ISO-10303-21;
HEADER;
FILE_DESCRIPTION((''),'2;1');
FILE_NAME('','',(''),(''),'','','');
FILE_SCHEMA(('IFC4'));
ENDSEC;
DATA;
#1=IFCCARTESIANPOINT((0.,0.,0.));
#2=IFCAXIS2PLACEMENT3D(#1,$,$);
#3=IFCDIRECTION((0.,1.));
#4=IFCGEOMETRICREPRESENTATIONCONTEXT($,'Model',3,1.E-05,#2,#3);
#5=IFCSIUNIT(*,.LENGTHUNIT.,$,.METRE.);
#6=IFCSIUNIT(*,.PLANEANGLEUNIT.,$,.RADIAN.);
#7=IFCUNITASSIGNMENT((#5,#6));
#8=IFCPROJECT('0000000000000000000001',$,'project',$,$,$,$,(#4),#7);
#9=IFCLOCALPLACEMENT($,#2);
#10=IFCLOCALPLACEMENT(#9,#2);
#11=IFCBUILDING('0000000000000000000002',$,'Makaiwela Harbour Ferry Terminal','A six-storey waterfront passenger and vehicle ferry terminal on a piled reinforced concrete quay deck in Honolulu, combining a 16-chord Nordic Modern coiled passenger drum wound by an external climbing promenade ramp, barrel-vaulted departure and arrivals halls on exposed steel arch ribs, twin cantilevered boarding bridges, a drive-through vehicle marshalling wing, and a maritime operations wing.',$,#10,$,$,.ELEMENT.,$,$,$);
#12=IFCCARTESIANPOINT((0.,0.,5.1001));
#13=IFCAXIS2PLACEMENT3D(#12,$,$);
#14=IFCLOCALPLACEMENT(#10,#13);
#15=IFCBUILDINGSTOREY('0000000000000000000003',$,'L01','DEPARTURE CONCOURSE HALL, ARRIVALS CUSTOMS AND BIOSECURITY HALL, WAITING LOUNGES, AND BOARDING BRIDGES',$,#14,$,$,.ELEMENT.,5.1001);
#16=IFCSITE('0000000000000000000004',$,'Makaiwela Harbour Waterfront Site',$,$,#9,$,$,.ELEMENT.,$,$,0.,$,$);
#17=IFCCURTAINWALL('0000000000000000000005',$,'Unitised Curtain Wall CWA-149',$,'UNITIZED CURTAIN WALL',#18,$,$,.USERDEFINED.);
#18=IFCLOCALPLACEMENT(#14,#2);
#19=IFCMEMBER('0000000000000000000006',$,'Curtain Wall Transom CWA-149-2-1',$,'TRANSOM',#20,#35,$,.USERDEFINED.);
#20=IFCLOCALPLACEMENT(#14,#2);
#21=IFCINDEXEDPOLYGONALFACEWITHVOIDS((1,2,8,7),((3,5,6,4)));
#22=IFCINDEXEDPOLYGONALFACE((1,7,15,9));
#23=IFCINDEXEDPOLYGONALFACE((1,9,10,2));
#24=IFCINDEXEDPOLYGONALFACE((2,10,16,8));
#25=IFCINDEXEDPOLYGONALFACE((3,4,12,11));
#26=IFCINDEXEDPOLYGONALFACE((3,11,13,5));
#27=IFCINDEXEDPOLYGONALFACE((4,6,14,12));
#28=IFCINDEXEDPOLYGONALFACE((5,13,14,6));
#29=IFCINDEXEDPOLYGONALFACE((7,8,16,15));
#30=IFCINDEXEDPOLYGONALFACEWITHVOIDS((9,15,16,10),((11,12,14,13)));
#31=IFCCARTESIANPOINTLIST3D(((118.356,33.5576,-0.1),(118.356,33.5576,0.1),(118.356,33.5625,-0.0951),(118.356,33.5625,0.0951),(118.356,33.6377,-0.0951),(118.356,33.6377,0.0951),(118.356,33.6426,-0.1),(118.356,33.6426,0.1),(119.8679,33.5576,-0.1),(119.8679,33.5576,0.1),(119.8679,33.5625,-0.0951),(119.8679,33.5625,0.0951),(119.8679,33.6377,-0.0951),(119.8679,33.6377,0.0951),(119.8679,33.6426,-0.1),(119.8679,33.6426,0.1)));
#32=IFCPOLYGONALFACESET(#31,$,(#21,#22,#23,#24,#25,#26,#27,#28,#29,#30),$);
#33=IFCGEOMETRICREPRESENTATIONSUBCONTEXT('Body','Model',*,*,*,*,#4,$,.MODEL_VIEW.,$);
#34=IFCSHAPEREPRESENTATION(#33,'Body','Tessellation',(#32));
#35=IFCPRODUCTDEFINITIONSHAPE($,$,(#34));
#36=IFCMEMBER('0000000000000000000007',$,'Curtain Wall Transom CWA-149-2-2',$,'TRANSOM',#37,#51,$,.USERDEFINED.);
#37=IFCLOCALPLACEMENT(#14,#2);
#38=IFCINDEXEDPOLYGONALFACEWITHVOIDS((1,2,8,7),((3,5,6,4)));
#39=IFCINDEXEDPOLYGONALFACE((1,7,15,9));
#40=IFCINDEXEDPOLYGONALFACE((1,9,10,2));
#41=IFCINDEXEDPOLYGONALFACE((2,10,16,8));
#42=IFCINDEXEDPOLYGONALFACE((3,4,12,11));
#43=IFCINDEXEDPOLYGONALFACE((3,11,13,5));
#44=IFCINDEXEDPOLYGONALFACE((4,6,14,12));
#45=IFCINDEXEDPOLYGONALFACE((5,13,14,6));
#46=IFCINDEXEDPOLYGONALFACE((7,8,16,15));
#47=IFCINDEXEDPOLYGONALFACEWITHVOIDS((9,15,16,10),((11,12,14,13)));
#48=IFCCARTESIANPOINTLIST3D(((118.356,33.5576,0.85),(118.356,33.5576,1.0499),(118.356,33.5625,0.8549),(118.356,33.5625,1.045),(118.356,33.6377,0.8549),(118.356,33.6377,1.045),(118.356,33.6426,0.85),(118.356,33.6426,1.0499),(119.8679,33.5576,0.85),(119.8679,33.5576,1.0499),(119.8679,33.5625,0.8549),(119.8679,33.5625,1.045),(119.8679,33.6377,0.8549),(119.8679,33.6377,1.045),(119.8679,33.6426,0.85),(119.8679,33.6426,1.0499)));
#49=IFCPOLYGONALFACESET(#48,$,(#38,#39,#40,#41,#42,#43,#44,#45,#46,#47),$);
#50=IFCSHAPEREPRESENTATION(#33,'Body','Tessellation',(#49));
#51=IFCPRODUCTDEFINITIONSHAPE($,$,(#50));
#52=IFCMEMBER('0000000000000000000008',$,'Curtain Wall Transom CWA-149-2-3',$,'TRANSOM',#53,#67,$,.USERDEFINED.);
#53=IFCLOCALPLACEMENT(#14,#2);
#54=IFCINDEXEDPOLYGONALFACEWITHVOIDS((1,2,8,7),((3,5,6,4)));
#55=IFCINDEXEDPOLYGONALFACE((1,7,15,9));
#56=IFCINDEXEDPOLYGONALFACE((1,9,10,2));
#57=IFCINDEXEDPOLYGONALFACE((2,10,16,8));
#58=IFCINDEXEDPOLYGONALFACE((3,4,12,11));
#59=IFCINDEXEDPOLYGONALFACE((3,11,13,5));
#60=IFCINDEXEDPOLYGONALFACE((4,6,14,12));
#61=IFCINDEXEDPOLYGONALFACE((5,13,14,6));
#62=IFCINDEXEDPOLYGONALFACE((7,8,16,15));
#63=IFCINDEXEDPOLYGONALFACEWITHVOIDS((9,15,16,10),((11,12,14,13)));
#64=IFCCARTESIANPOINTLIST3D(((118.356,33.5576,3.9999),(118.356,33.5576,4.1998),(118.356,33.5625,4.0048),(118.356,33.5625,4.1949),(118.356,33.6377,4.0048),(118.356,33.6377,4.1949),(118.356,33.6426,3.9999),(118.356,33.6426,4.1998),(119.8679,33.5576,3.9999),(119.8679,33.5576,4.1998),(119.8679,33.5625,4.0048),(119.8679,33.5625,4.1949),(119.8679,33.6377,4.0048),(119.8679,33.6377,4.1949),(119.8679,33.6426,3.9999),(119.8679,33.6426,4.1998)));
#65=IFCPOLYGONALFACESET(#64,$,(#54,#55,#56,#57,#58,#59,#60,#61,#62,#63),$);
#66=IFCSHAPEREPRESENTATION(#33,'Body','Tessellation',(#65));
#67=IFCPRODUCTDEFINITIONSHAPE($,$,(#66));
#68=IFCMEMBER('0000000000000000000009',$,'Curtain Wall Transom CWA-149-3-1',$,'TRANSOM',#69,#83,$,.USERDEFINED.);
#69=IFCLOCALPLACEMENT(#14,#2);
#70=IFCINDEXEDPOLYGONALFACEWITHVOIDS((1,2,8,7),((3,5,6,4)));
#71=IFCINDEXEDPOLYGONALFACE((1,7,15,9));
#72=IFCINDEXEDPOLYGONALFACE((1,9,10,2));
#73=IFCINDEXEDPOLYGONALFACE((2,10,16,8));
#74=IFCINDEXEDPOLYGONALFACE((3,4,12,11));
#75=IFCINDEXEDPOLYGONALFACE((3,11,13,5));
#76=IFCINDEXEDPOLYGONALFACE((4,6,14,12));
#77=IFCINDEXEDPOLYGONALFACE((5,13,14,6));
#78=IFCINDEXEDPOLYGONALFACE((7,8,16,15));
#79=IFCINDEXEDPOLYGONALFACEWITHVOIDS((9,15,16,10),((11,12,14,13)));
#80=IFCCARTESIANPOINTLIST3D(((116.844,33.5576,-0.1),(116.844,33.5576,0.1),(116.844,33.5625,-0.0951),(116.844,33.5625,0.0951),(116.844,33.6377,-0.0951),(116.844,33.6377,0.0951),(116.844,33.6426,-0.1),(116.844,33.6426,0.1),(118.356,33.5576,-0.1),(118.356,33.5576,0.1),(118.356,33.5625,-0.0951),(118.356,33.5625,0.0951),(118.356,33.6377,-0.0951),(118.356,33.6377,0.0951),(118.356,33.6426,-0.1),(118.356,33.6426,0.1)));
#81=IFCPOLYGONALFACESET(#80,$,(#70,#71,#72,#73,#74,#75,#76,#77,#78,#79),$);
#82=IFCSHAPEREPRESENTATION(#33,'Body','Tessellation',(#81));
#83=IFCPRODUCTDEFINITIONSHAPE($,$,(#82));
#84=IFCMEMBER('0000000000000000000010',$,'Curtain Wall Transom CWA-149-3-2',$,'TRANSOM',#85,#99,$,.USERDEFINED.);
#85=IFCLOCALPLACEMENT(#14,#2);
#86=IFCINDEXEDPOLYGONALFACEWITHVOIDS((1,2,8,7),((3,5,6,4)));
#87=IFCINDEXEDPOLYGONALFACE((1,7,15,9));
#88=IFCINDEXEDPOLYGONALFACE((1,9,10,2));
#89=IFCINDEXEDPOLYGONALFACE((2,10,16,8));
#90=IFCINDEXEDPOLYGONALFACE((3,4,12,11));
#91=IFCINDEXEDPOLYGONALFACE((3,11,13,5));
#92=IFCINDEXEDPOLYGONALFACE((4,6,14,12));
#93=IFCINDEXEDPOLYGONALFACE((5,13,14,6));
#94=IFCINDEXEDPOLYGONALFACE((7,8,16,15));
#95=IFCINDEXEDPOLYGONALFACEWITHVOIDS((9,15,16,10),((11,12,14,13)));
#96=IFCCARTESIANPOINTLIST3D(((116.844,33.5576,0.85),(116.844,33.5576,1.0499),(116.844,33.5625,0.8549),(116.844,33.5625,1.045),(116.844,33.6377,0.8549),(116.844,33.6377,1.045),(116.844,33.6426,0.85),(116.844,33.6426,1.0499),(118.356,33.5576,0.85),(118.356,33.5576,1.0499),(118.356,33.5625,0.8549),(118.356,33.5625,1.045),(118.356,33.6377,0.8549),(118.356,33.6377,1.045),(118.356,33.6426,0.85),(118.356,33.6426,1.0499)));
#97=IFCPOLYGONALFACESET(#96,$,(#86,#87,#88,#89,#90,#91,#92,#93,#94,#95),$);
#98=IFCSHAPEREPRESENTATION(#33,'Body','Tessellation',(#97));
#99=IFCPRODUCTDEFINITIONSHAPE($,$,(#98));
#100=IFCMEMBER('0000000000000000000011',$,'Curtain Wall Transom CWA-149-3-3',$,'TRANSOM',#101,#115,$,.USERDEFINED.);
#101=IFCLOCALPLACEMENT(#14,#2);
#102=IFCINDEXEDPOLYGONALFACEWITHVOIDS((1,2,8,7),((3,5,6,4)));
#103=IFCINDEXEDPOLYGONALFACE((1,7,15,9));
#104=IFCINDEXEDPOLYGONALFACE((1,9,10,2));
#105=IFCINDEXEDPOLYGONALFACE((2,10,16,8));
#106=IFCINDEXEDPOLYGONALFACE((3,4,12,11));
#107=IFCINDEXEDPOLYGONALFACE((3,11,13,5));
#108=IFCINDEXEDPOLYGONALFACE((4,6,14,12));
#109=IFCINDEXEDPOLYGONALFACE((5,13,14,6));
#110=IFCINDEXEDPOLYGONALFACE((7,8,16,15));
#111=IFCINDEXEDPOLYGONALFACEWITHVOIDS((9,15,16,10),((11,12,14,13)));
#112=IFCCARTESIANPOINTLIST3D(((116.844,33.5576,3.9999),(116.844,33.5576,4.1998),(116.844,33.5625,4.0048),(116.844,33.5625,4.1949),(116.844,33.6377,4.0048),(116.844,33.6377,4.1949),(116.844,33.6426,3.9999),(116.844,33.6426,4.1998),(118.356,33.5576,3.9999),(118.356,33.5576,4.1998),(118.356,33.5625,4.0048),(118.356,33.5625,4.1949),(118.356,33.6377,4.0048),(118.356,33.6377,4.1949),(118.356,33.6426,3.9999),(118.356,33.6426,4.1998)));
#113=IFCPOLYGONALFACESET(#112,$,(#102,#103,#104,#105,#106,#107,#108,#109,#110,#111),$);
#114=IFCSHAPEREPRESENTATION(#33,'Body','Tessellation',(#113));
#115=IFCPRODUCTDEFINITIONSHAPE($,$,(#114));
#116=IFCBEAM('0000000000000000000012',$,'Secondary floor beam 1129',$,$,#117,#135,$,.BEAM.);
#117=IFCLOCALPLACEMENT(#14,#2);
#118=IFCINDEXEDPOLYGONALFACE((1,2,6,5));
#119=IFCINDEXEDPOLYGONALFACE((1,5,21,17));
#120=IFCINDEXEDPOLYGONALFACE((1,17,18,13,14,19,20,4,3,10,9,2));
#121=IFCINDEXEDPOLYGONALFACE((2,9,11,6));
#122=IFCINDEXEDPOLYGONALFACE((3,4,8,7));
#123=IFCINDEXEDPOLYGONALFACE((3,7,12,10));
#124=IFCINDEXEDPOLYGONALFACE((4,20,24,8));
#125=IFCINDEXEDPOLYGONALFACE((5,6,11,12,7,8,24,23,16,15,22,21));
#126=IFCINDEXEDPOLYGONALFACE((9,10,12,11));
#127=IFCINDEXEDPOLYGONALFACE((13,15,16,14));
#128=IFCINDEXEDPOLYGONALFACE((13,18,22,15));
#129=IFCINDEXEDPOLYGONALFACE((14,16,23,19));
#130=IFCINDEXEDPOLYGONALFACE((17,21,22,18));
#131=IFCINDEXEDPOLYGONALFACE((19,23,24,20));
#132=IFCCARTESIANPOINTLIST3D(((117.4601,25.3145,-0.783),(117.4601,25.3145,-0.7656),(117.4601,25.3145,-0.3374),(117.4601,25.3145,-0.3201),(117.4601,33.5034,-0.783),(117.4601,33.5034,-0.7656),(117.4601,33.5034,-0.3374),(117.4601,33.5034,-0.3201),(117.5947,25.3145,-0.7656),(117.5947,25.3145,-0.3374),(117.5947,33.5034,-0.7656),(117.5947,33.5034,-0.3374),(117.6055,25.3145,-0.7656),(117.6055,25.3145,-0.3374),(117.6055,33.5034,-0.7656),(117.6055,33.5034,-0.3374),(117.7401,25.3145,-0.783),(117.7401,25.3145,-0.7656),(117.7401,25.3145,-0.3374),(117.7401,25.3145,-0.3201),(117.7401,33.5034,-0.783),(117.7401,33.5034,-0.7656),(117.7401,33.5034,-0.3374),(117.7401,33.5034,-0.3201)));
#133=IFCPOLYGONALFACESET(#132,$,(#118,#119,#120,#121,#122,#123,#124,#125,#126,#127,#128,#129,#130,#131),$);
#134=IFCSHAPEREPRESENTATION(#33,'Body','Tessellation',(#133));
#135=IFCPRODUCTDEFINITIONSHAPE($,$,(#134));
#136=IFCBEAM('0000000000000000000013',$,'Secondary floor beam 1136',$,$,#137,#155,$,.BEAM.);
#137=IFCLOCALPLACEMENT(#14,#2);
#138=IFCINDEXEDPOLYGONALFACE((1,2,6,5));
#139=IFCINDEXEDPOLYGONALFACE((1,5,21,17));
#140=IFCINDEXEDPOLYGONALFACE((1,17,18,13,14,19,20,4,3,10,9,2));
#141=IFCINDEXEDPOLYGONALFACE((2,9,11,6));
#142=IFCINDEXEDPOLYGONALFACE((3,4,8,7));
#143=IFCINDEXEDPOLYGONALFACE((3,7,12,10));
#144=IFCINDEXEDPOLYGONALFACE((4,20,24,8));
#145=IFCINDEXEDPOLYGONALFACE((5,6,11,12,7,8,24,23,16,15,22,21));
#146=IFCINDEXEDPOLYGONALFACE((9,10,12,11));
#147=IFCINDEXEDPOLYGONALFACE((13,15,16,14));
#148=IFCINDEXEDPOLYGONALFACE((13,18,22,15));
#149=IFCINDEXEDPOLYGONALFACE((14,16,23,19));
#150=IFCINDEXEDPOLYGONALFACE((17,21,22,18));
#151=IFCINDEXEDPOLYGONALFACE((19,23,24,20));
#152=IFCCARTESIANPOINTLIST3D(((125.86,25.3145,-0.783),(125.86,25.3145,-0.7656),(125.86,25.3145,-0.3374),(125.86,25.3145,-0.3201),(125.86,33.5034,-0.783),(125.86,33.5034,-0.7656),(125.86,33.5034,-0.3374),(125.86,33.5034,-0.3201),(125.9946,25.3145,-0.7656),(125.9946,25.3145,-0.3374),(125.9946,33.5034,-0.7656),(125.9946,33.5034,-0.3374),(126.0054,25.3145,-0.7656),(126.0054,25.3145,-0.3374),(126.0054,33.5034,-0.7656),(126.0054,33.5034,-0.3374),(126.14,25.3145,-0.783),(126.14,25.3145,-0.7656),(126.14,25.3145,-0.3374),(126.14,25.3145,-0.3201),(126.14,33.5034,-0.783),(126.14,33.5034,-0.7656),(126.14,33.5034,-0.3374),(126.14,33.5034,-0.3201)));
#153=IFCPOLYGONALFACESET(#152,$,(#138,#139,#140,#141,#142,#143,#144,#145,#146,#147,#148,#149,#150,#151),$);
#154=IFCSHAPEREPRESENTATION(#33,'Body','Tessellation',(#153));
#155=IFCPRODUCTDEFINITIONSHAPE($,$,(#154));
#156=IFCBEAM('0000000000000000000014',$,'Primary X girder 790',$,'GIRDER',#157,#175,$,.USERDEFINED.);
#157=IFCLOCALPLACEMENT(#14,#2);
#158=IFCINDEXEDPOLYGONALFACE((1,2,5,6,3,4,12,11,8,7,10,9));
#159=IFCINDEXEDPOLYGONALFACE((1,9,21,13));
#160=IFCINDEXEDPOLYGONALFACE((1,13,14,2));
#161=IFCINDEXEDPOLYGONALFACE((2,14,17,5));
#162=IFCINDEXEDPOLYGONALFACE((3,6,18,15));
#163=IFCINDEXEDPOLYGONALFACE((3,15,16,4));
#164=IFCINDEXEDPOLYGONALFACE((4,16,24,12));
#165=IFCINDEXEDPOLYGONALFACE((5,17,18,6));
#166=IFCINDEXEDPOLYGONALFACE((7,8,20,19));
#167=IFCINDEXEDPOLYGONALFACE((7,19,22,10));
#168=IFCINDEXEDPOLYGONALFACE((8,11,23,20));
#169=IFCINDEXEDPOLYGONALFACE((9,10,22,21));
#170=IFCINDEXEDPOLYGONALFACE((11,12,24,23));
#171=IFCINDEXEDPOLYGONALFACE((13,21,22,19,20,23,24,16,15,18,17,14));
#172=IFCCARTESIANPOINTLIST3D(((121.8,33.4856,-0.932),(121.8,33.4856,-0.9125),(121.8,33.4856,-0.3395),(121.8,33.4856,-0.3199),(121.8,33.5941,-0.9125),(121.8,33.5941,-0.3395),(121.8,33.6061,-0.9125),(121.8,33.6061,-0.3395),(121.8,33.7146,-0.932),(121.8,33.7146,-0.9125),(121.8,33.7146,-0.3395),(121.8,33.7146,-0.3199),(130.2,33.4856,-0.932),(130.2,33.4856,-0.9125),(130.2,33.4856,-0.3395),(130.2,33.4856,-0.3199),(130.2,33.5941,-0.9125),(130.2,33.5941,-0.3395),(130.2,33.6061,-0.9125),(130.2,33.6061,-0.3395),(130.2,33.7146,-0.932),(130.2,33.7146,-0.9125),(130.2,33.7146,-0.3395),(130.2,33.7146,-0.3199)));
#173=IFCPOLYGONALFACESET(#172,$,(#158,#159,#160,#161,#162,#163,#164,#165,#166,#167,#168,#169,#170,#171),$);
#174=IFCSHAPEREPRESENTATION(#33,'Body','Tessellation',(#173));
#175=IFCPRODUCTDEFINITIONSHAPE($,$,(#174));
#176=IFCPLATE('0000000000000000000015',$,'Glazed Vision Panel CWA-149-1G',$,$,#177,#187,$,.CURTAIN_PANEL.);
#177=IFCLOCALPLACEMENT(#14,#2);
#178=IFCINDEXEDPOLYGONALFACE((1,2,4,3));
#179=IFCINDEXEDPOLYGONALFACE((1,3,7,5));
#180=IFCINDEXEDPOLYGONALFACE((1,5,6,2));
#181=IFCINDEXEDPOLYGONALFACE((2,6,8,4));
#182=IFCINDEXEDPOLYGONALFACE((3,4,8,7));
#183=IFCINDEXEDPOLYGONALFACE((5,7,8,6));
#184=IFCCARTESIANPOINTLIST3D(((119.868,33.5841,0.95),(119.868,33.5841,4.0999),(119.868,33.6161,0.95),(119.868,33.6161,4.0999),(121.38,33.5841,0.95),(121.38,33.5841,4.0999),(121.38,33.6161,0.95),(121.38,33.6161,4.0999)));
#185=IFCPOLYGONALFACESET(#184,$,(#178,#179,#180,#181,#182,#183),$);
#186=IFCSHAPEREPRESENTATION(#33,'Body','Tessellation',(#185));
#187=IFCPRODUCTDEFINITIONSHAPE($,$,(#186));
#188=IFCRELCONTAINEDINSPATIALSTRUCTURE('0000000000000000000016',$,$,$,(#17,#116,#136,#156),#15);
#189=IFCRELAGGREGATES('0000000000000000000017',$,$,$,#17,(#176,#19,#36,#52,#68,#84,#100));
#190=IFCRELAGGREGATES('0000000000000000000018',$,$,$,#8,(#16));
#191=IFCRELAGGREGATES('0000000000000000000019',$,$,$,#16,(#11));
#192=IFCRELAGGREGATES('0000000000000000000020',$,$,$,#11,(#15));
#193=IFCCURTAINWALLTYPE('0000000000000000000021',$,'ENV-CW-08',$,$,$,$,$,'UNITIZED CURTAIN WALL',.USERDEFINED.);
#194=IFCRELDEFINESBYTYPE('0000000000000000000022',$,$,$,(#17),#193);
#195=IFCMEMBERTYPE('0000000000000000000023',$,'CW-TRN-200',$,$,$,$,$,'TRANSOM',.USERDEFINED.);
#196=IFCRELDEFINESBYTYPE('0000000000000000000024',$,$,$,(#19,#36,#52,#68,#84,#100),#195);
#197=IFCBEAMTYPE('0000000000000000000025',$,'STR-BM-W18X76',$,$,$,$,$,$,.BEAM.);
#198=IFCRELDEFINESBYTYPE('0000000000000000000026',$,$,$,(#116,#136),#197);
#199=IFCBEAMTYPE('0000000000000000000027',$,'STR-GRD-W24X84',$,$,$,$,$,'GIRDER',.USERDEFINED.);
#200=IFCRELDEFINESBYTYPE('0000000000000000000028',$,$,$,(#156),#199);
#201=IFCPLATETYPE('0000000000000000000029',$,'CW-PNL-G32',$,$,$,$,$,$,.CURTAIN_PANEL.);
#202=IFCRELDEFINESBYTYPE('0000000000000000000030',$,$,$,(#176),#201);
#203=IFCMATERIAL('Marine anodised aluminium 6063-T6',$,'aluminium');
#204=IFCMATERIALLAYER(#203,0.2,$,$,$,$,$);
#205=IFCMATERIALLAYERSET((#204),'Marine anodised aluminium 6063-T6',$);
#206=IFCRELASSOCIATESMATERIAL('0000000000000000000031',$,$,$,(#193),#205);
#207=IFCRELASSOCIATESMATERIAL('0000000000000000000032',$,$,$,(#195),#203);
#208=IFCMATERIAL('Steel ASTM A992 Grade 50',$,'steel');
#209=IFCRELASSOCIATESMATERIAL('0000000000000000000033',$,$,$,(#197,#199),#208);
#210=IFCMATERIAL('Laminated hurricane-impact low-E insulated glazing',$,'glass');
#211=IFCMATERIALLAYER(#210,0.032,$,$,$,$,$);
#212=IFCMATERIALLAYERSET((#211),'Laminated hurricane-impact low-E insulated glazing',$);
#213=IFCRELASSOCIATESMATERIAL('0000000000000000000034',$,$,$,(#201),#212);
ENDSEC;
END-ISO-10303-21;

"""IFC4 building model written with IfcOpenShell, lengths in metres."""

from ifc_helpers import new_model, si_unit, direction, frame, origin, origin_2d, place, context, subcontext, project, spatial, rectangle, hollow_rectangle, i_section, extrude, material, layer, layer_set, material_profile, profile_set, type_object, element, aggregate, save


model = new_model("IFC4")

# Units and contexts
model_context = context("Model", 3, precision=1e-05, world=origin(), true_north=direction((0.0, 1.0)))
body_context = subcontext(model_context, "Body", "Model", "MODEL_VIEW")
ifc_project = project(units=[si_unit("LENGTHUNIT", "METRE"), si_unit("PLANEANGLEUNIT", "RADIAN")], contexts=[model_context])

# Site, building, storey
site_placement = place(None, origin())
site = spatial("IfcSite", under=ifc_project, at=site_placement, Name="Makaiwela Harbour Waterfront Site", CompositionType="ELEMENT", RefElevation=0.0)
building_placement = place(site_placement, origin())
building = spatial("IfcBuilding", under=site, at=building_placement, Name="Makaiwela Harbour Ferry Terminal", Description="A six-storey waterfront passenger and vehicle ferry terminal on a piled reinforced concrete quay deck in Honolulu, combining a 16-chord Nordic Modern coiled passenger drum wound by an external climbing promenade ramp, barrel-vaulted departure and arrivals halls on exposed steel arch ribs, twin cantilevered boarding bridges, a drive-through vehicle marshalling wing, and a maritime operations wing.", CompositionType="ELEMENT")
storey_placement = place(building_placement, frame((0.0, 0.0, 5.1001)))
storey = spatial("IfcBuildingStorey", under=building, at=storey_placement, Name="L01", Description="DEPARTURE CONCOURSE HALL, ARRIVALS CUSTOMS AND BIOSECURITY HALL, WAITING LOUNGES, AND BOARDING BRIDGES", CompositionType="ELEMENT", Elevation=5.1001)

# Curtain wall
ifc_material_1 = material(Name="Marine anodised aluminium 6063-T6", Category="aluminium")
ifc_layer_1 = layer(ifc_material_1, 0.2)
ifc_layer_set_1 = layer_set([ifc_layer_1], Name="Marine anodised aluminium 6063-T6")
curtain_wall_type = type_object("IfcCurtainWallType", Name="ENV-CW-08", ElementType="UNITIZED CURTAIN WALL", PredefinedType="USERDEFINED", material=ifc_layer_set_1)
curtain_wall_1_placement = place(storey_placement, origin())
curtain_wall_1 = element("IfcCurtainWall", 1, at=curtain_wall_1_placement, inside=storey, type_object=curtain_wall_type, Name="Unitised Curtain Wall CWA-149", ObjectType="UNITIZED CURTAIN WALL", PredefinedType="USERDEFINED")

# Members
ifc_material_profile_1 = material_profile(ifc_material_1, hollow_rectangle(XDim=0.085, YDim=0.2, WallThickness=0.0049, at=origin_2d()), Name="CWT-200X85")
ifc_profile_set_1 = profile_set([ifc_material_profile_1], Name="Marine anodised aluminium 6063-T6")
member_type_1 = type_object("IfcMemberType", Name="CW-TRN-200", ElementType="TRANSOM", PredefinedType="USERDEFINED", material=ifc_profile_set_1)
member_1_placement = place(storey_placement, frame((119.8679, 33.6001, 0.0), z_axis=(-1.0, 0.0, 0.0), x_axis=(0.0, -1.0, 0.0)))
member_1 = element("IfcMember", 2, at=member_1_placement, type_object=member_type_1, Name="Curtain Wall Transom CWA-149-2-1", ObjectType="TRANSOM", PredefinedType="USERDEFINED", context=body_context, shape_type="SweptSolid", body=[
    extrude(hollow_rectangle(XDim=0.085, YDim=0.2, WallThickness=0.0049, at=origin_2d()), origin(), (0.0, 0.0, 1.0), 1.512),
])
member_2_placement = place(storey_placement, frame((119.8679, 33.6001, 0.95), z_axis=(-1.0, 0.0, 0.0), x_axis=(0.0, -1.0, 0.0)))
member_2 = element("IfcMember", 3, at=member_2_placement, type_object=member_type_1, Name="Curtain Wall Transom CWA-149-2-2", ObjectType="TRANSOM", PredefinedType="USERDEFINED", context=body_context, shape_type="SweptSolid", body=[
    extrude(hollow_rectangle(XDim=0.085, YDim=0.2, WallThickness=0.0049, at=origin_2d()), origin(), (0.0, 0.0, 1.0), 1.512),
])
member_3_placement = place(storey_placement, frame((119.8679, 33.6001, 4.0999), z_axis=(-1.0, 0.0, 0.0), x_axis=(0.0, -1.0, 0.0)))
member_3 = element("IfcMember", 4, at=member_3_placement, type_object=member_type_1, Name="Curtain Wall Transom CWA-149-2-3", ObjectType="TRANSOM", PredefinedType="USERDEFINED", context=body_context, shape_type="SweptSolid", body=[
    extrude(hollow_rectangle(XDim=0.085, YDim=0.2, WallThickness=0.0049, at=origin_2d()), origin(), (0.0, 0.0, 1.0), 1.512),
])
member_4_placement = place(storey_placement, frame((118.356, 33.6001, 0.0), z_axis=(-1.0, 0.0, 0.0), x_axis=(0.0, -1.0, 0.0)))
member_4 = element("IfcMember", 5, at=member_4_placement, type_object=member_type_1, Name="Curtain Wall Transom CWA-149-3-1", ObjectType="TRANSOM", PredefinedType="USERDEFINED", context=body_context, shape_type="SweptSolid", body=[
    extrude(hollow_rectangle(XDim=0.085, YDim=0.2, WallThickness=0.0049, at=origin_2d()), origin(), (0.0, 0.0, 1.0), 1.512),
])
member_5_placement = place(storey_placement, frame((118.356, 33.6001, 0.95), z_axis=(-1.0, 0.0, 0.0), x_axis=(0.0, -1.0, 0.0)))
member_5 = element("IfcMember", 6, at=member_5_placement, type_object=member_type_1, Name="Curtain Wall Transom CWA-149-3-2", ObjectType="TRANSOM", PredefinedType="USERDEFINED", context=body_context, shape_type="SweptSolid", body=[
    extrude(hollow_rectangle(XDim=0.085, YDim=0.2, WallThickness=0.0049, at=origin_2d()), origin(), (0.0, 0.0, 1.0), 1.512),
])
member_6_placement = place(storey_placement, frame((118.356, 33.6001, 4.0999), z_axis=(-1.0, 0.0, 0.0), x_axis=(0.0, -1.0, 0.0)))
member_6 = element("IfcMember", 7, at=member_6_placement, type_object=member_type_1, Name="Curtain Wall Transom CWA-149-3-3", ObjectType="TRANSOM", PredefinedType="USERDEFINED", context=body_context, shape_type="SweptSolid", body=[
    extrude(hollow_rectangle(XDim=0.085, YDim=0.2, WallThickness=0.0049, at=origin_2d()), origin(), (0.0, 0.0, 1.0), 1.512),
])

# Beams
ifc_material_2 = material(Name="Steel ASTM A992 Grade 50", Category="steel")
ifc_material_profile_2 = material_profile(ifc_material_2, i_section(OverallWidth=0.28, OverallDepth=0.4629, WebThickness=0.0107, FlangeThickness=0.0173, at=origin_2d()), Name="W18X76")
ifc_profile_set_2 = profile_set([ifc_material_profile_2], Name="Steel ASTM A992 Grade 50")
beam_type_1 = type_object("IfcBeamType", Name="STR-BM-W18X76", PredefinedType="BEAM", material=ifc_profile_set_2)
for number, where, z_axis, x_axis, name in (
    (8, (117.6001, 25.3145, -0.5515), (0.0, 1.0, 0.0), (-1.0, 0.0, 0.0), "Secondary floor beam 1129"),
    (9, (126.0, 25.3145, -0.5515), (0.0, 1.0, 0.0), (-1.0, 0.0, 0.0), "Secondary floor beam 1136"),
):
    element("IfcBeam", number, at=place(storey_placement, frame(where, z_axis=z_axis, x_axis=x_axis)), inside=storey, type_object=beam_type_1, Name=name, PredefinedType="BEAM", context=body_context, shape_type="SweptSolid", body=[
        extrude(i_section(OverallWidth=0.28, OverallDepth=0.4629, WebThickness=0.0107, FlangeThickness=0.0173, at=origin_2d()), origin(), (0.0, 0.0, 1.0), 8.189),
    ])
ifc_material_profile_3 = material_profile(ifc_material_2, i_section(OverallWidth=0.229, OverallDepth=0.6121, WebThickness=0.012, FlangeThickness=0.0195, at=origin_2d()), Name="W24X84")
ifc_profile_set_3 = profile_set([ifc_material_profile_3], Name="Steel ASTM A992 Grade 50")
beam_type_2 = type_object("IfcBeamType", Name="STR-GRD-W24X84", ElementType="GIRDER", PredefinedType="USERDEFINED", material=ifc_profile_set_3)
beam_placement = place(storey_placement, frame((121.8, 33.6001, -0.626), z_axis=(1.0, 0.0, 0.0), x_axis=(0.0, 1.0, 0.0)))
element("IfcBeam", 10, at=beam_placement, inside=storey, type_object=beam_type_2, Name="Primary X girder 790", ObjectType="GIRDER", PredefinedType="USERDEFINED", context=body_context, shape_type="SweptSolid", body=[
    extrude(i_section(OverallWidth=0.229, OverallDepth=0.6121, WebThickness=0.012, FlangeThickness=0.0195, at=origin_2d()), origin(), (0.0, 0.0, 1.0), 8.3999),
])

# Plate
ifc_material_3 = material(Name="Laminated hurricane-impact low-E insulated glazing", Category="glass")
ifc_layer_2 = layer(ifc_material_3, 0.032)
ifc_layer_set_2 = layer_set([ifc_layer_2], Name="Laminated hurricane-impact low-E insulated glazing")
plate_type_1 = type_object("IfcPlateType", Name="CW-PNL-G32", PredefinedType="CURTAIN_PANEL", material=ifc_layer_set_2)
plate_1_placement = place(storey_placement, frame((120.624, 33.6001, 0.95), z_axis=(0.0, 0.0, 1.0), x_axis=(-1.0, 0.0, 0.0)))
plate_1 = element("IfcPlate", 11, at=plate_1_placement, type_object=plate_type_1, Name="Glazed Vision Panel CWA-149-1G", PredefinedType="CURTAIN_PANEL", context=body_context, shape_type="SweptSolid", body=[
    extrude(rectangle(XDim=1.512, YDim=0.032, at=origin_2d()), origin(), (0.0, 0.0, 1.0), 3.1499),
])
aggregate(curtain_wall_1, [plate_1, member_1, member_2, member_3, member_4, member_5, member_6])

save(model, "model.ifc")
